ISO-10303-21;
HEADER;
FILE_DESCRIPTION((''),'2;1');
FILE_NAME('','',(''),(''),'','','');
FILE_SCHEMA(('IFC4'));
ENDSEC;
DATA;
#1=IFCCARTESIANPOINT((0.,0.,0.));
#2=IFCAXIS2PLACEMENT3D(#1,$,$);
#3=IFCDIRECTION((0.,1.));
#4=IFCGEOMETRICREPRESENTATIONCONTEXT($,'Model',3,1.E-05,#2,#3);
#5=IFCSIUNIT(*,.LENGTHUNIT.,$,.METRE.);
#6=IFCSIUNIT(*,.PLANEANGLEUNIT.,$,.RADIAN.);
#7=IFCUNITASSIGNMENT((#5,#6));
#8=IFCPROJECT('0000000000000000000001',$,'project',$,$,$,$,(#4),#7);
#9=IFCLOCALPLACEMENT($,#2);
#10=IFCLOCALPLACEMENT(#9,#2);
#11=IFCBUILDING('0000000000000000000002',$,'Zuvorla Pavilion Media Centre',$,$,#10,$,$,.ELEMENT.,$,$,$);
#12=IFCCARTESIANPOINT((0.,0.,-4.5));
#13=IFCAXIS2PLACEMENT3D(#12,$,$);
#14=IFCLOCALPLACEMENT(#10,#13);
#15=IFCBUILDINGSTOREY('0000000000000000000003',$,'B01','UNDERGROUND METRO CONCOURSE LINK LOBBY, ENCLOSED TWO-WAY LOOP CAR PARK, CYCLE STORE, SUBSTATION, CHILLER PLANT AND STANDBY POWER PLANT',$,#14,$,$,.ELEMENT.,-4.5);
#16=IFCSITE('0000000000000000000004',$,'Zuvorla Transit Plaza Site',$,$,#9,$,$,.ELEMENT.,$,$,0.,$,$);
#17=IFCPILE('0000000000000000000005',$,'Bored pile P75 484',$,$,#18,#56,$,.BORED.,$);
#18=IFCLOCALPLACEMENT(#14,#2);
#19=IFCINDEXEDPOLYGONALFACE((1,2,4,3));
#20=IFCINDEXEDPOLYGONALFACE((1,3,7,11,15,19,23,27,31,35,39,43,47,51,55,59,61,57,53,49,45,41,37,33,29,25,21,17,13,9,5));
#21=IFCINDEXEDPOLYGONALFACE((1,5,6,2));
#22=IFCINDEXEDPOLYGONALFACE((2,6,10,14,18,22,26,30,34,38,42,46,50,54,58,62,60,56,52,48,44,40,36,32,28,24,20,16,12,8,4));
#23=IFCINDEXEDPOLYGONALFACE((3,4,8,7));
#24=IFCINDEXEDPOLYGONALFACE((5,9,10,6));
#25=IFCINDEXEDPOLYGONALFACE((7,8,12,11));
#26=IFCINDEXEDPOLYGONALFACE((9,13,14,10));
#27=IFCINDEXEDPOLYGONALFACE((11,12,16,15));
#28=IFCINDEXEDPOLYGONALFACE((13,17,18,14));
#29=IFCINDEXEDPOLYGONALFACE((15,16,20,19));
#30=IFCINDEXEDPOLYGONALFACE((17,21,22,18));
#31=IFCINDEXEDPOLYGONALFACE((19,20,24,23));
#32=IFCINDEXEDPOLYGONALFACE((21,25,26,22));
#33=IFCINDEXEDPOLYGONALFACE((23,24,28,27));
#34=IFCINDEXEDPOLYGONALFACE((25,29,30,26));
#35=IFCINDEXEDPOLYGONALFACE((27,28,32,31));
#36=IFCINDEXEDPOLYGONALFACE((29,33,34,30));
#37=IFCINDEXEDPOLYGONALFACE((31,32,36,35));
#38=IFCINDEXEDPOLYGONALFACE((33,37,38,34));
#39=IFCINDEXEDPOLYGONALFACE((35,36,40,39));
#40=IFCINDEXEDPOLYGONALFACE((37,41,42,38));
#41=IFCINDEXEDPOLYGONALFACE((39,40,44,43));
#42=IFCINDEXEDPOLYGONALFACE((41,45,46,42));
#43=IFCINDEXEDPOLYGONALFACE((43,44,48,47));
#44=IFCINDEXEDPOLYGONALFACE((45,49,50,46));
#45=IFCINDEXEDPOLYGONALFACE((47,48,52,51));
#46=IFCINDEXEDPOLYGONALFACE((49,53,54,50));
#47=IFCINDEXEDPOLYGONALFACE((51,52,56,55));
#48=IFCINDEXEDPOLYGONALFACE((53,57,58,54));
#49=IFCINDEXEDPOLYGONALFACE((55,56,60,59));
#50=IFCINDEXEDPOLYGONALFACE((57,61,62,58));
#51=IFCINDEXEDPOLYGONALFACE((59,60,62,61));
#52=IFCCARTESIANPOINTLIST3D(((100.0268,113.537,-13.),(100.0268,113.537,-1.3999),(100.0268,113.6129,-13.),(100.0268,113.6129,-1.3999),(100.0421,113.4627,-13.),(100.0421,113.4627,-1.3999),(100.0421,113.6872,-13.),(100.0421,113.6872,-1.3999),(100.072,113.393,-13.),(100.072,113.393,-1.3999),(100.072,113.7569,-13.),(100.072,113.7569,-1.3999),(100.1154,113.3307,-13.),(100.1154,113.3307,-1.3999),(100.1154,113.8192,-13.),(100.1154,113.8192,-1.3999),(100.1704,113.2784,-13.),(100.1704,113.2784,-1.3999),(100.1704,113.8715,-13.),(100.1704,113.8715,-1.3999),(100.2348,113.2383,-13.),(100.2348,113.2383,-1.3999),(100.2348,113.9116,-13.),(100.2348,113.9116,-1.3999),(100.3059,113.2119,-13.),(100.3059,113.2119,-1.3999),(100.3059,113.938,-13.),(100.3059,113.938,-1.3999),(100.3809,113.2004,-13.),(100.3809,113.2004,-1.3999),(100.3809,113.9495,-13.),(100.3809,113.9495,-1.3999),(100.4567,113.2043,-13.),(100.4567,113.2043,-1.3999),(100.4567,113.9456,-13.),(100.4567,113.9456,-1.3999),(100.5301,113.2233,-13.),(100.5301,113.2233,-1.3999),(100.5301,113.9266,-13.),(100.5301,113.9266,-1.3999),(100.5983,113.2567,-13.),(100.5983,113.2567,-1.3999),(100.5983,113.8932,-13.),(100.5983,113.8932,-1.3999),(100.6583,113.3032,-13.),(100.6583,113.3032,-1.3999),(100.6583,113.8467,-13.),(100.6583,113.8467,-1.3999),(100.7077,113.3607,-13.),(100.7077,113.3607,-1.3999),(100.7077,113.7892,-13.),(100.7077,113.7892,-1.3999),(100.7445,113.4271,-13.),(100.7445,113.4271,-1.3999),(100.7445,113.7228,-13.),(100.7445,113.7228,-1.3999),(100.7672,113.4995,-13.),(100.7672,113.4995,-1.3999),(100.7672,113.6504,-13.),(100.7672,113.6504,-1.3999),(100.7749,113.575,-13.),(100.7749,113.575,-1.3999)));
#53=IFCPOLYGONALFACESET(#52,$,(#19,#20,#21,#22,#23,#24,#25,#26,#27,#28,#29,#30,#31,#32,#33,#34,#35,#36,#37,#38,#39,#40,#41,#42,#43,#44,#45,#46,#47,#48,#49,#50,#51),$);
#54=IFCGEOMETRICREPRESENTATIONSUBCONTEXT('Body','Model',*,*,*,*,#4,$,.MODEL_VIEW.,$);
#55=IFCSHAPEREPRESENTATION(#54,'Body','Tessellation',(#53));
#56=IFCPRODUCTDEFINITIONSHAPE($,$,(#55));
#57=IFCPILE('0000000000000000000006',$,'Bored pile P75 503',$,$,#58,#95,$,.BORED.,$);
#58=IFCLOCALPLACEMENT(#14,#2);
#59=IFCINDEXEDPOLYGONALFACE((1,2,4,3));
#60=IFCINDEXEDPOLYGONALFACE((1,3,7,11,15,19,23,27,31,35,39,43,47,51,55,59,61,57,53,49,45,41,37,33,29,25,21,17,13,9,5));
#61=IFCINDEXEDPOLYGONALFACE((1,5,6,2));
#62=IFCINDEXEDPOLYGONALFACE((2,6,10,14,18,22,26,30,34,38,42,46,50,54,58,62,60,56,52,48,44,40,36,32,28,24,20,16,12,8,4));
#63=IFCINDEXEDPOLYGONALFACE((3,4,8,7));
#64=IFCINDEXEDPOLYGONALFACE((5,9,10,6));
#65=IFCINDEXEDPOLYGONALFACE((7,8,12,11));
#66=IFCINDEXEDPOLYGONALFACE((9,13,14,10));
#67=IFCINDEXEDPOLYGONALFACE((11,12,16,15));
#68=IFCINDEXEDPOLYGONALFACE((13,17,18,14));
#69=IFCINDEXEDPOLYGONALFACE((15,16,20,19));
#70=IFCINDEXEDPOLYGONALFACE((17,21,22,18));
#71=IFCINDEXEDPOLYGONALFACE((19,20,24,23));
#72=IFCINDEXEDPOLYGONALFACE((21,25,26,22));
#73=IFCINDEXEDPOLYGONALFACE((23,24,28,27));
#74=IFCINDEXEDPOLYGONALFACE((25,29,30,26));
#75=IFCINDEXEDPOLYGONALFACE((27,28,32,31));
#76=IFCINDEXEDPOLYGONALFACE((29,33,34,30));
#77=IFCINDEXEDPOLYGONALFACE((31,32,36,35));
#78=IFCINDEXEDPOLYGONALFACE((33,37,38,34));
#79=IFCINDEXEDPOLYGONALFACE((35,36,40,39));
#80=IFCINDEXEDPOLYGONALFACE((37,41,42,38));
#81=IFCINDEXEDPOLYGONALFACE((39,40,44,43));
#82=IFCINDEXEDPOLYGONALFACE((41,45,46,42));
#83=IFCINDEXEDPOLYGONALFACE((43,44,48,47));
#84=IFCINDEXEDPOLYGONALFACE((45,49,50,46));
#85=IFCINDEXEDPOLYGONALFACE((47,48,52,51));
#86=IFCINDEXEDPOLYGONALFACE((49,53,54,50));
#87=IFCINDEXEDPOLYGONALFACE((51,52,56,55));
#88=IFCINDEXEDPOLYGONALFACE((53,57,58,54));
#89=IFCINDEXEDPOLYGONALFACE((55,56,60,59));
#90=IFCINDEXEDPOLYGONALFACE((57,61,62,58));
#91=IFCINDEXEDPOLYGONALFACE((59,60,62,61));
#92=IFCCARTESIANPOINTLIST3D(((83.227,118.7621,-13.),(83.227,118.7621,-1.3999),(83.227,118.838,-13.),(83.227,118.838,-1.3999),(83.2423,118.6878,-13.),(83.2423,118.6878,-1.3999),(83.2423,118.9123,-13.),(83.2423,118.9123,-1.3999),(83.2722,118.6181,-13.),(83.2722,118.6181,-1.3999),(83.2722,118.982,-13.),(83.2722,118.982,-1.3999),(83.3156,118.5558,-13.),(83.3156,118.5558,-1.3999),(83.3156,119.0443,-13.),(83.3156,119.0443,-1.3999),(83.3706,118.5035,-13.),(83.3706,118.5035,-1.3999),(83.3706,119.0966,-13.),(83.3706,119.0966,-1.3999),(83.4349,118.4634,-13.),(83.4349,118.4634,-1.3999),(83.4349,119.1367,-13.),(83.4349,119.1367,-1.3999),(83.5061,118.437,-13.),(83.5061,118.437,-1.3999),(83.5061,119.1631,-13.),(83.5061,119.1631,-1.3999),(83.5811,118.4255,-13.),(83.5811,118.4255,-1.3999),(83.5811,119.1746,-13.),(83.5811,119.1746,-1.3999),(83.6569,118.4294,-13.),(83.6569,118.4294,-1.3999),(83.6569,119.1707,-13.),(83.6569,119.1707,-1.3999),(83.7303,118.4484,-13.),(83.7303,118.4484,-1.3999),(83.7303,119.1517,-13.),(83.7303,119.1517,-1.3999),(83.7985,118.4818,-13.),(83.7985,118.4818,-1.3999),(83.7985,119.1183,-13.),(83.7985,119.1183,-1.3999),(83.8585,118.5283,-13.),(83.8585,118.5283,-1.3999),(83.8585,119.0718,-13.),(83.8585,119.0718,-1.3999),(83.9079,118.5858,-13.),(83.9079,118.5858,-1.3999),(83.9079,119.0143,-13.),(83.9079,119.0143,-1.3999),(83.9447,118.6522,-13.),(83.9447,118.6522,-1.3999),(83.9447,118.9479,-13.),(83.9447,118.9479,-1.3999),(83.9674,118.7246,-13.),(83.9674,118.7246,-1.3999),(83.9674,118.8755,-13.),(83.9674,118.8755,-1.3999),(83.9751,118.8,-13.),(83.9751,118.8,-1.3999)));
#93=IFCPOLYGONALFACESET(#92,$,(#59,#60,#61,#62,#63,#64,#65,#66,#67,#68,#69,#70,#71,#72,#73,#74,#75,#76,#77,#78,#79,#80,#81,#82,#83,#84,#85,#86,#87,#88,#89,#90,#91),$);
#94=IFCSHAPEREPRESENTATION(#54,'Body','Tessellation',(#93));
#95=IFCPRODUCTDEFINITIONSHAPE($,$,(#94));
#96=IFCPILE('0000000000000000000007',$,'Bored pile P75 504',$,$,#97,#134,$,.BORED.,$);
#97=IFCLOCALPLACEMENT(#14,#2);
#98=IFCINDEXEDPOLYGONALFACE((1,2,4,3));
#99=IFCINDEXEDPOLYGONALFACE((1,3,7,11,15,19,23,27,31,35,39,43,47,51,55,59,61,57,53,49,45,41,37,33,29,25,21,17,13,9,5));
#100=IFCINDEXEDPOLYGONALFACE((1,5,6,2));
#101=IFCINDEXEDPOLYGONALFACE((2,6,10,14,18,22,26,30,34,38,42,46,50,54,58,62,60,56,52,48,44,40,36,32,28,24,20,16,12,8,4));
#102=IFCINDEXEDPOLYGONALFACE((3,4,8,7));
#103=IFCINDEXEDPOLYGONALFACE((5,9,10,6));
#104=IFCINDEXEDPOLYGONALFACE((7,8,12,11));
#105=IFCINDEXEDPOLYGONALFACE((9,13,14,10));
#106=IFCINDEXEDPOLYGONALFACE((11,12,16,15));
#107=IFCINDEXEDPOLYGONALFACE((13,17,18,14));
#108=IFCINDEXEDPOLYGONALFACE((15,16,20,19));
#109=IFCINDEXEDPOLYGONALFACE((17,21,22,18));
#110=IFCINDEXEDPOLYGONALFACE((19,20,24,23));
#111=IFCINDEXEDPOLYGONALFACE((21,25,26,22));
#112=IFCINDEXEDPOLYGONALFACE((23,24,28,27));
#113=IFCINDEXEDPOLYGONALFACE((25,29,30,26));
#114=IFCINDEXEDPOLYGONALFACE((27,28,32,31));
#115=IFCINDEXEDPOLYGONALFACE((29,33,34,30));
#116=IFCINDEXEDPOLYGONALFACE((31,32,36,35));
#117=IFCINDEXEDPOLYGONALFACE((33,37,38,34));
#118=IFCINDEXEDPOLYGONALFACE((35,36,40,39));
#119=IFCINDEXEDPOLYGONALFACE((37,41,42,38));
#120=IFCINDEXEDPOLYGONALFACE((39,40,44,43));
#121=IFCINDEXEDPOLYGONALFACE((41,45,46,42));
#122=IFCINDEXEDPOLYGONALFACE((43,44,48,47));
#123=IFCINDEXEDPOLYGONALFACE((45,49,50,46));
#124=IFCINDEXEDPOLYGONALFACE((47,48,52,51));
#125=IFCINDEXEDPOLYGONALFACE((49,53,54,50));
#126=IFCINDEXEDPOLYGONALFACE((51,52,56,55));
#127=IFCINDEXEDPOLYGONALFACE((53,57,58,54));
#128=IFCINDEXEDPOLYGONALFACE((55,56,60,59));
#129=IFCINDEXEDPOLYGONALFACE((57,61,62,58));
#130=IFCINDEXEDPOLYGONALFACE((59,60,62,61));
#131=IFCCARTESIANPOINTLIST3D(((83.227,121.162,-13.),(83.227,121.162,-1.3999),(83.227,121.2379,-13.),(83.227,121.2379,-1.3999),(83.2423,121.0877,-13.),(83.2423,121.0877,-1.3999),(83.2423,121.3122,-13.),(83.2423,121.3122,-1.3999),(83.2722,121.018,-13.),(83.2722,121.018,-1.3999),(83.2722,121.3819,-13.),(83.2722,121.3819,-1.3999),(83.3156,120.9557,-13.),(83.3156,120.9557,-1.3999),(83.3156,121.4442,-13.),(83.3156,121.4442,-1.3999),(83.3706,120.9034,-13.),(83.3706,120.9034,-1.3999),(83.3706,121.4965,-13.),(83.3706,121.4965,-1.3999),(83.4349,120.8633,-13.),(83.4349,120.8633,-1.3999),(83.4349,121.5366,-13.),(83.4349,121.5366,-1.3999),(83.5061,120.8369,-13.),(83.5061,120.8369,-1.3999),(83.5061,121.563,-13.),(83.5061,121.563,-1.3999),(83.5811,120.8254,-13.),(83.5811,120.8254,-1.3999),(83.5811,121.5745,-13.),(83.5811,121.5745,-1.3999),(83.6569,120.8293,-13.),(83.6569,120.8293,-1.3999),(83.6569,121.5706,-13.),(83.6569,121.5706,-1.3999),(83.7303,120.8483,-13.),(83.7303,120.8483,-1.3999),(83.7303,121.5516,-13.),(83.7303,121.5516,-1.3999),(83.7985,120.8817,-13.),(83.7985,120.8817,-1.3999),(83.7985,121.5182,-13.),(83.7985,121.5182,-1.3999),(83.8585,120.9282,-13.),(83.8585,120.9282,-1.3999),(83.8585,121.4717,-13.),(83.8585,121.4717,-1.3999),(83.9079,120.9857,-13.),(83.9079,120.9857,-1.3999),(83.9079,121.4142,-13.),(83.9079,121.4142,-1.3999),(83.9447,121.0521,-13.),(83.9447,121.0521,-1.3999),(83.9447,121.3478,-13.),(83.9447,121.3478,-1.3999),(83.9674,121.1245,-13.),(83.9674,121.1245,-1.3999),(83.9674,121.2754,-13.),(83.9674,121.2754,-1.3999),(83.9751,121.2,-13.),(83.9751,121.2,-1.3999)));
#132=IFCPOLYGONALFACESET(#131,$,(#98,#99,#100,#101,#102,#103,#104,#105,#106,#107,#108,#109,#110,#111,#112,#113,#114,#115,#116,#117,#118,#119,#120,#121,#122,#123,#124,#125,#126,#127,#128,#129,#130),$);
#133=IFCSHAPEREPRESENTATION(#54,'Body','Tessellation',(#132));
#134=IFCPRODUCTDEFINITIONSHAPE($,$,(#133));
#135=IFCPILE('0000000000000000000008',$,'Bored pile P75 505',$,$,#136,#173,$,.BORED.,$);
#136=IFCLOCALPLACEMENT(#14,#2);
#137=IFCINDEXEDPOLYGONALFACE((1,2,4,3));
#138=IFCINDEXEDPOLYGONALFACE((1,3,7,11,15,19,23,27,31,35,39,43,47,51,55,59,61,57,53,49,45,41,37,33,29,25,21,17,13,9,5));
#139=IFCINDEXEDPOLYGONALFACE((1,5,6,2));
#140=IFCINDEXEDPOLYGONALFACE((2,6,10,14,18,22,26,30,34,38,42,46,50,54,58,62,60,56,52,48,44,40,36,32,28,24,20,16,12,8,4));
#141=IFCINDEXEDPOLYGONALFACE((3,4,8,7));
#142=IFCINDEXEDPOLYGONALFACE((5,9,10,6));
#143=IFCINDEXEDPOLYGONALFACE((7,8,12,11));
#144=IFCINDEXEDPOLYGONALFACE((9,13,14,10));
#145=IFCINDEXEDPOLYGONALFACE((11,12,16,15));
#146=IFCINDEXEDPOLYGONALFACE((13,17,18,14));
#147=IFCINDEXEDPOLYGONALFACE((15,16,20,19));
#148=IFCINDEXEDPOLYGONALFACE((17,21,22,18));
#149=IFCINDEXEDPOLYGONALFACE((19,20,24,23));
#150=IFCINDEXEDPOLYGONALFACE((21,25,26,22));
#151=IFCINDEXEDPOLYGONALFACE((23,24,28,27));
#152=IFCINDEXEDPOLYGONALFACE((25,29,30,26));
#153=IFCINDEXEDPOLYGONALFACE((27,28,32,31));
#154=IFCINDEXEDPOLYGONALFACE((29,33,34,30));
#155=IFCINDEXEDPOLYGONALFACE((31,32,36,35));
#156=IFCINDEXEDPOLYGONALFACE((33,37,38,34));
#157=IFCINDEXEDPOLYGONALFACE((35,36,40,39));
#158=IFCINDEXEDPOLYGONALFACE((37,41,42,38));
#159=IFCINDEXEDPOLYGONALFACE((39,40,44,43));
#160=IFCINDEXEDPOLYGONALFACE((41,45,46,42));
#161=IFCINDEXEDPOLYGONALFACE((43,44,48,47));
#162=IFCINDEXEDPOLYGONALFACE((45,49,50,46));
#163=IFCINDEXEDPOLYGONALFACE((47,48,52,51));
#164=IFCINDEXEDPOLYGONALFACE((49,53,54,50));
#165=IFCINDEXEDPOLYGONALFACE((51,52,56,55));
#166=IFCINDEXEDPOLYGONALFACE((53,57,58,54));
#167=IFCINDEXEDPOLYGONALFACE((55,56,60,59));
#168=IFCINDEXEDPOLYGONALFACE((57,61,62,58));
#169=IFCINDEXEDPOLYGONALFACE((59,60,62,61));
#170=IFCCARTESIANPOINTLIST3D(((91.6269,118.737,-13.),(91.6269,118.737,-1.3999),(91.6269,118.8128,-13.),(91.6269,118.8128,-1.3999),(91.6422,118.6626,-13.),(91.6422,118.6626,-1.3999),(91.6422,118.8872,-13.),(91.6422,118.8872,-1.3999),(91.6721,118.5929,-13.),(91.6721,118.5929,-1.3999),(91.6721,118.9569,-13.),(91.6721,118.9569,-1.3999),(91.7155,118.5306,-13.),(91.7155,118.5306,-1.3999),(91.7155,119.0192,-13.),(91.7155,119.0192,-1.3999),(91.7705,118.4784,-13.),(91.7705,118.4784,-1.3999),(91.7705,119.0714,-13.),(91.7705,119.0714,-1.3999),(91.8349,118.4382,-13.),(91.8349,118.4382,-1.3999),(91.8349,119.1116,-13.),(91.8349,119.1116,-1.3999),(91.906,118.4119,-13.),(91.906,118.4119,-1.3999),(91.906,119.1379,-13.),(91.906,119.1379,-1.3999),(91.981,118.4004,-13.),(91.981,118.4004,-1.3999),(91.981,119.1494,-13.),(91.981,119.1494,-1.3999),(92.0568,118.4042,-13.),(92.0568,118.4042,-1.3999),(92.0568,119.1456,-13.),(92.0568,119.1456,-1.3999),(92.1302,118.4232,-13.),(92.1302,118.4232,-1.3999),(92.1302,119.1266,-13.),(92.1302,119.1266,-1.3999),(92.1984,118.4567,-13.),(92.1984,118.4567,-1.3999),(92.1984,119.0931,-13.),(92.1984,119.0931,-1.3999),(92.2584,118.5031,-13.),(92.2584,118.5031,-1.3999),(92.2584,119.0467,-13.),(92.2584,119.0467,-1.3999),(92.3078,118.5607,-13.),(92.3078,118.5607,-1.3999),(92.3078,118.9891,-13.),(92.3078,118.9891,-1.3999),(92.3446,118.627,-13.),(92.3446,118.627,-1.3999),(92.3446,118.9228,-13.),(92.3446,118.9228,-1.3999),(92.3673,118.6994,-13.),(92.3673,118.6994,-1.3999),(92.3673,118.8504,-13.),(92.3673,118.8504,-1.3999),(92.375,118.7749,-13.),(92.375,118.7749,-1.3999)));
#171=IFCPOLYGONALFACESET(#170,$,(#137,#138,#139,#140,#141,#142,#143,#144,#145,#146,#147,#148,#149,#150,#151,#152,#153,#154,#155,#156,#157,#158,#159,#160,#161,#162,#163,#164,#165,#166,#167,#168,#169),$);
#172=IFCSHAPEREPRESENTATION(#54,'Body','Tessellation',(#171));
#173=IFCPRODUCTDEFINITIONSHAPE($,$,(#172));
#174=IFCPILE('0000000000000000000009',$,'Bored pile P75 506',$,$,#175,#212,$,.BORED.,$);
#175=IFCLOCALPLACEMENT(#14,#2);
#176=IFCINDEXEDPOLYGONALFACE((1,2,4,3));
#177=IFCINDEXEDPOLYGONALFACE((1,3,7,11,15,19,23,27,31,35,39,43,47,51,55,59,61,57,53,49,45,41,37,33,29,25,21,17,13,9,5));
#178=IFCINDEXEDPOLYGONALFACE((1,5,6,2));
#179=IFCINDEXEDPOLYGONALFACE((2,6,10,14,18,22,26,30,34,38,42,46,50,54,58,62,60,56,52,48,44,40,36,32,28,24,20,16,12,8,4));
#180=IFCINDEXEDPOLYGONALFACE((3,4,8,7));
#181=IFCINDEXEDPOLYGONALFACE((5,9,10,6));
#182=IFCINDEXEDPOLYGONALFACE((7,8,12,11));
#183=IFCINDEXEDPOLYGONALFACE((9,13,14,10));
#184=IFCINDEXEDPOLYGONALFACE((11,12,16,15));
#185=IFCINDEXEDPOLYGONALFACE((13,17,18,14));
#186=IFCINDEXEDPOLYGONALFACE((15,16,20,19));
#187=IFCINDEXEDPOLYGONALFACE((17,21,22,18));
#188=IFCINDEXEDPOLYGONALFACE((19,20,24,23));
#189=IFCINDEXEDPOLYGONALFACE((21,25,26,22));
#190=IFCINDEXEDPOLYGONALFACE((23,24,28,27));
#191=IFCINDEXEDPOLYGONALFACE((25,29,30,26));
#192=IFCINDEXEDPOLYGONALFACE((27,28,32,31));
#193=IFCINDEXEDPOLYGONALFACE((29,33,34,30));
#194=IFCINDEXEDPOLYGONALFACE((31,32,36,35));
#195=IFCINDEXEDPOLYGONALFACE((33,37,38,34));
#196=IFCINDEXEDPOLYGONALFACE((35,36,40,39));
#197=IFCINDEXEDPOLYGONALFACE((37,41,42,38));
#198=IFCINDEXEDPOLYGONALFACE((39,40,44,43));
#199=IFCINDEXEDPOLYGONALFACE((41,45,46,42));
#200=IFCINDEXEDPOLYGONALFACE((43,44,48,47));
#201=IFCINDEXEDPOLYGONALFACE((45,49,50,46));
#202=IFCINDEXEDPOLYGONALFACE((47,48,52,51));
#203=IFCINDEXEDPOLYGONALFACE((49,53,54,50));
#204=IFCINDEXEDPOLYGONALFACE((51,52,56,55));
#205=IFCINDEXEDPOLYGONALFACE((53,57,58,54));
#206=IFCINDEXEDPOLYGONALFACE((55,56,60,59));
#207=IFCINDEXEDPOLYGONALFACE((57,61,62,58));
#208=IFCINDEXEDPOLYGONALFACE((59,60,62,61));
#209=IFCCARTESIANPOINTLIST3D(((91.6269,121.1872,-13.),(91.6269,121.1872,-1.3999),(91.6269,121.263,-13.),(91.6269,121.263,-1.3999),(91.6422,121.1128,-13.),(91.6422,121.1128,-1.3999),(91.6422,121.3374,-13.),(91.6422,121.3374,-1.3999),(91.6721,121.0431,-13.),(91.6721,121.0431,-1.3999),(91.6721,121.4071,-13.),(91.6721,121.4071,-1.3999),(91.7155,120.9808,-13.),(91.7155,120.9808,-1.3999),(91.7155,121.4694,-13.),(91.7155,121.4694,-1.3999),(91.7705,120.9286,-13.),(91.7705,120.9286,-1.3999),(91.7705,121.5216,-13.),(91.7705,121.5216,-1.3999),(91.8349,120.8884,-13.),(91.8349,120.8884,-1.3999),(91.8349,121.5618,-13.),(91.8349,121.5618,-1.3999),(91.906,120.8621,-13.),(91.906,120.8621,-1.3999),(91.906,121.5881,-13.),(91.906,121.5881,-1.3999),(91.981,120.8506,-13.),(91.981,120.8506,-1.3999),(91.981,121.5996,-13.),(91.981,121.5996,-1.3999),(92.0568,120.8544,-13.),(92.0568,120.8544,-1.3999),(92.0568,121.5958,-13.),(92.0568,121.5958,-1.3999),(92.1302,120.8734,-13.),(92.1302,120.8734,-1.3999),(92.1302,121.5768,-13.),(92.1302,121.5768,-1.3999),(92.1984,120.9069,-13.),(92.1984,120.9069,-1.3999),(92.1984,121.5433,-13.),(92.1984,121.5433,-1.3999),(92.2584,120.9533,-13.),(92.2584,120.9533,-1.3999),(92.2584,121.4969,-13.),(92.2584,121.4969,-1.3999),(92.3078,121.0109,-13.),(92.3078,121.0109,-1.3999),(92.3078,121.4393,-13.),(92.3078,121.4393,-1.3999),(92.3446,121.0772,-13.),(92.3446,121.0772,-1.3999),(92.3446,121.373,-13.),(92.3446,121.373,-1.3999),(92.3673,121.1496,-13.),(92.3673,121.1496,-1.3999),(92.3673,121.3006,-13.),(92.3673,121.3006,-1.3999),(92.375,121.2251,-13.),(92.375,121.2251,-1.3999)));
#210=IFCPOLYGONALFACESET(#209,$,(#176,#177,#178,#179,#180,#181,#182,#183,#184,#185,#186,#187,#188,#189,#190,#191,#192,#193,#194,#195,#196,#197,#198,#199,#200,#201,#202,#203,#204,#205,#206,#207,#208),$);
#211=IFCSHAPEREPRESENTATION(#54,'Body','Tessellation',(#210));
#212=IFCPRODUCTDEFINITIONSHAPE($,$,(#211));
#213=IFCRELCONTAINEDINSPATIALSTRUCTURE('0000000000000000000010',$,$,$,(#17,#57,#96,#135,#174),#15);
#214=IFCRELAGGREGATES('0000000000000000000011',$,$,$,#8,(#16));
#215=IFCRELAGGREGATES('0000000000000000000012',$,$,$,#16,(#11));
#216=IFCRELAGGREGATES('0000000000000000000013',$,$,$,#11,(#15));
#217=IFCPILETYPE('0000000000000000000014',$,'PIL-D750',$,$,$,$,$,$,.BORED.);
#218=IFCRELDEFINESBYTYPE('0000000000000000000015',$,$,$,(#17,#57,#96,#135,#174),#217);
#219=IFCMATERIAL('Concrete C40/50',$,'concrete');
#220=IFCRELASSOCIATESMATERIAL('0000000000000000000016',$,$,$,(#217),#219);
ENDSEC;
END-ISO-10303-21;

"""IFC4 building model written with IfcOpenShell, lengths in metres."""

from ifc_helpers import new_model, si_unit, direction, frame, origin, origin_2d, place, context, subcontext, project, spatial, circle, extrude, material, material_profile, profile_set, type_object, element, save


model = new_model("IFC4")

# Units and contexts
model_context = context("Model", 3, precision=1e-05, world=origin(), true_north=direction((0.0, 1.0)))
body_context = subcontext(model_context, "Body", "Model", "MODEL_VIEW")
ifc_project = project(units=[si_unit("LENGTHUNIT", "METRE"), si_unit("PLANEANGLEUNIT", "RADIAN")], contexts=[model_context])

# Site, building, storey
site_placement = place(None, origin())
site = spatial("IfcSite", under=ifc_project, at=site_placement, Name="Zuvorla Transit Plaza Site", CompositionType="ELEMENT", RefElevation=0.0)
building_placement = place(site_placement, origin())
building = spatial("IfcBuilding", under=site, at=building_placement, Name="Zuvorla Pavilion Media Centre", CompositionType="ELEMENT")
storey_placement = place(building_placement, frame((0.0, 0.0, -4.5)))
storey = spatial("IfcBuildingStorey", under=building, at=storey_placement, Name="B01", Description="UNDERGROUND METRO CONCOURSE LINK LOBBY, ENCLOSED TWO-WAY LOOP CAR PARK, CYCLE STORE, SUBSTATION, CHILLER PLANT AND STANDBY POWER PLANT", CompositionType="ELEMENT", Elevation=-4.5)

# Shared definitions
ifc_material = material(Name="Concrete C40/50", Category="concrete")

# Piles
ifc_material_profile_1 = material_profile(ifc_material, circle(Radius=0.375, at=origin_2d()), Name="BORED PILE 750")
ifc_profile_set_1 = profile_set([ifc_material_profile_1], Name="Concrete C40/50")
pile_type = type_object("IfcPileType", Name="PIL-D750", PredefinedType="BORED", material=ifc_profile_set_1)
for number, where, z_axis, x_axis, name in (
    (1, (100.3999, 113.575, -1.3999), (0.0, 0.0, -1.0), (1.0, 0.0, 0.0), "Bored pile P75 484"),
    (2, (83.6001, 118.8, -1.3999), (0.0, 0.0, -1.0), (1.0, 0.0, 0.0), "Bored pile P75 503"),
    (3, (83.6001, 121.2, -1.3999), (0.0, 0.0, -1.0), (1.0, 0.0, 0.0), "Bored pile P75 504"),
    (4, (92.0, 118.7749, -1.3999), (0.0, 0.0, -1.0), (1.0, 0.0, 0.0), "Bored pile P75 505"),
    (5, (92.0, 121.2251, -1.3999), (0.0, 0.0, -1.0), (1.0, 0.0, 0.0), "Bored pile P75 506"),
):
    element("IfcPile", number, at=place(storey_placement, frame(where, z_axis=z_axis, x_axis=x_axis)), inside=storey, type_object=pile_type, Name=name, PredefinedType="BORED", context=body_context, shape_type="SweptSolid", body=[
        extrude(circle(Radius=0.375, at=origin_2d()), origin(), (0.0, 0.0, 1.0), 11.6001),
    ])

save(model, "model.ifc")
